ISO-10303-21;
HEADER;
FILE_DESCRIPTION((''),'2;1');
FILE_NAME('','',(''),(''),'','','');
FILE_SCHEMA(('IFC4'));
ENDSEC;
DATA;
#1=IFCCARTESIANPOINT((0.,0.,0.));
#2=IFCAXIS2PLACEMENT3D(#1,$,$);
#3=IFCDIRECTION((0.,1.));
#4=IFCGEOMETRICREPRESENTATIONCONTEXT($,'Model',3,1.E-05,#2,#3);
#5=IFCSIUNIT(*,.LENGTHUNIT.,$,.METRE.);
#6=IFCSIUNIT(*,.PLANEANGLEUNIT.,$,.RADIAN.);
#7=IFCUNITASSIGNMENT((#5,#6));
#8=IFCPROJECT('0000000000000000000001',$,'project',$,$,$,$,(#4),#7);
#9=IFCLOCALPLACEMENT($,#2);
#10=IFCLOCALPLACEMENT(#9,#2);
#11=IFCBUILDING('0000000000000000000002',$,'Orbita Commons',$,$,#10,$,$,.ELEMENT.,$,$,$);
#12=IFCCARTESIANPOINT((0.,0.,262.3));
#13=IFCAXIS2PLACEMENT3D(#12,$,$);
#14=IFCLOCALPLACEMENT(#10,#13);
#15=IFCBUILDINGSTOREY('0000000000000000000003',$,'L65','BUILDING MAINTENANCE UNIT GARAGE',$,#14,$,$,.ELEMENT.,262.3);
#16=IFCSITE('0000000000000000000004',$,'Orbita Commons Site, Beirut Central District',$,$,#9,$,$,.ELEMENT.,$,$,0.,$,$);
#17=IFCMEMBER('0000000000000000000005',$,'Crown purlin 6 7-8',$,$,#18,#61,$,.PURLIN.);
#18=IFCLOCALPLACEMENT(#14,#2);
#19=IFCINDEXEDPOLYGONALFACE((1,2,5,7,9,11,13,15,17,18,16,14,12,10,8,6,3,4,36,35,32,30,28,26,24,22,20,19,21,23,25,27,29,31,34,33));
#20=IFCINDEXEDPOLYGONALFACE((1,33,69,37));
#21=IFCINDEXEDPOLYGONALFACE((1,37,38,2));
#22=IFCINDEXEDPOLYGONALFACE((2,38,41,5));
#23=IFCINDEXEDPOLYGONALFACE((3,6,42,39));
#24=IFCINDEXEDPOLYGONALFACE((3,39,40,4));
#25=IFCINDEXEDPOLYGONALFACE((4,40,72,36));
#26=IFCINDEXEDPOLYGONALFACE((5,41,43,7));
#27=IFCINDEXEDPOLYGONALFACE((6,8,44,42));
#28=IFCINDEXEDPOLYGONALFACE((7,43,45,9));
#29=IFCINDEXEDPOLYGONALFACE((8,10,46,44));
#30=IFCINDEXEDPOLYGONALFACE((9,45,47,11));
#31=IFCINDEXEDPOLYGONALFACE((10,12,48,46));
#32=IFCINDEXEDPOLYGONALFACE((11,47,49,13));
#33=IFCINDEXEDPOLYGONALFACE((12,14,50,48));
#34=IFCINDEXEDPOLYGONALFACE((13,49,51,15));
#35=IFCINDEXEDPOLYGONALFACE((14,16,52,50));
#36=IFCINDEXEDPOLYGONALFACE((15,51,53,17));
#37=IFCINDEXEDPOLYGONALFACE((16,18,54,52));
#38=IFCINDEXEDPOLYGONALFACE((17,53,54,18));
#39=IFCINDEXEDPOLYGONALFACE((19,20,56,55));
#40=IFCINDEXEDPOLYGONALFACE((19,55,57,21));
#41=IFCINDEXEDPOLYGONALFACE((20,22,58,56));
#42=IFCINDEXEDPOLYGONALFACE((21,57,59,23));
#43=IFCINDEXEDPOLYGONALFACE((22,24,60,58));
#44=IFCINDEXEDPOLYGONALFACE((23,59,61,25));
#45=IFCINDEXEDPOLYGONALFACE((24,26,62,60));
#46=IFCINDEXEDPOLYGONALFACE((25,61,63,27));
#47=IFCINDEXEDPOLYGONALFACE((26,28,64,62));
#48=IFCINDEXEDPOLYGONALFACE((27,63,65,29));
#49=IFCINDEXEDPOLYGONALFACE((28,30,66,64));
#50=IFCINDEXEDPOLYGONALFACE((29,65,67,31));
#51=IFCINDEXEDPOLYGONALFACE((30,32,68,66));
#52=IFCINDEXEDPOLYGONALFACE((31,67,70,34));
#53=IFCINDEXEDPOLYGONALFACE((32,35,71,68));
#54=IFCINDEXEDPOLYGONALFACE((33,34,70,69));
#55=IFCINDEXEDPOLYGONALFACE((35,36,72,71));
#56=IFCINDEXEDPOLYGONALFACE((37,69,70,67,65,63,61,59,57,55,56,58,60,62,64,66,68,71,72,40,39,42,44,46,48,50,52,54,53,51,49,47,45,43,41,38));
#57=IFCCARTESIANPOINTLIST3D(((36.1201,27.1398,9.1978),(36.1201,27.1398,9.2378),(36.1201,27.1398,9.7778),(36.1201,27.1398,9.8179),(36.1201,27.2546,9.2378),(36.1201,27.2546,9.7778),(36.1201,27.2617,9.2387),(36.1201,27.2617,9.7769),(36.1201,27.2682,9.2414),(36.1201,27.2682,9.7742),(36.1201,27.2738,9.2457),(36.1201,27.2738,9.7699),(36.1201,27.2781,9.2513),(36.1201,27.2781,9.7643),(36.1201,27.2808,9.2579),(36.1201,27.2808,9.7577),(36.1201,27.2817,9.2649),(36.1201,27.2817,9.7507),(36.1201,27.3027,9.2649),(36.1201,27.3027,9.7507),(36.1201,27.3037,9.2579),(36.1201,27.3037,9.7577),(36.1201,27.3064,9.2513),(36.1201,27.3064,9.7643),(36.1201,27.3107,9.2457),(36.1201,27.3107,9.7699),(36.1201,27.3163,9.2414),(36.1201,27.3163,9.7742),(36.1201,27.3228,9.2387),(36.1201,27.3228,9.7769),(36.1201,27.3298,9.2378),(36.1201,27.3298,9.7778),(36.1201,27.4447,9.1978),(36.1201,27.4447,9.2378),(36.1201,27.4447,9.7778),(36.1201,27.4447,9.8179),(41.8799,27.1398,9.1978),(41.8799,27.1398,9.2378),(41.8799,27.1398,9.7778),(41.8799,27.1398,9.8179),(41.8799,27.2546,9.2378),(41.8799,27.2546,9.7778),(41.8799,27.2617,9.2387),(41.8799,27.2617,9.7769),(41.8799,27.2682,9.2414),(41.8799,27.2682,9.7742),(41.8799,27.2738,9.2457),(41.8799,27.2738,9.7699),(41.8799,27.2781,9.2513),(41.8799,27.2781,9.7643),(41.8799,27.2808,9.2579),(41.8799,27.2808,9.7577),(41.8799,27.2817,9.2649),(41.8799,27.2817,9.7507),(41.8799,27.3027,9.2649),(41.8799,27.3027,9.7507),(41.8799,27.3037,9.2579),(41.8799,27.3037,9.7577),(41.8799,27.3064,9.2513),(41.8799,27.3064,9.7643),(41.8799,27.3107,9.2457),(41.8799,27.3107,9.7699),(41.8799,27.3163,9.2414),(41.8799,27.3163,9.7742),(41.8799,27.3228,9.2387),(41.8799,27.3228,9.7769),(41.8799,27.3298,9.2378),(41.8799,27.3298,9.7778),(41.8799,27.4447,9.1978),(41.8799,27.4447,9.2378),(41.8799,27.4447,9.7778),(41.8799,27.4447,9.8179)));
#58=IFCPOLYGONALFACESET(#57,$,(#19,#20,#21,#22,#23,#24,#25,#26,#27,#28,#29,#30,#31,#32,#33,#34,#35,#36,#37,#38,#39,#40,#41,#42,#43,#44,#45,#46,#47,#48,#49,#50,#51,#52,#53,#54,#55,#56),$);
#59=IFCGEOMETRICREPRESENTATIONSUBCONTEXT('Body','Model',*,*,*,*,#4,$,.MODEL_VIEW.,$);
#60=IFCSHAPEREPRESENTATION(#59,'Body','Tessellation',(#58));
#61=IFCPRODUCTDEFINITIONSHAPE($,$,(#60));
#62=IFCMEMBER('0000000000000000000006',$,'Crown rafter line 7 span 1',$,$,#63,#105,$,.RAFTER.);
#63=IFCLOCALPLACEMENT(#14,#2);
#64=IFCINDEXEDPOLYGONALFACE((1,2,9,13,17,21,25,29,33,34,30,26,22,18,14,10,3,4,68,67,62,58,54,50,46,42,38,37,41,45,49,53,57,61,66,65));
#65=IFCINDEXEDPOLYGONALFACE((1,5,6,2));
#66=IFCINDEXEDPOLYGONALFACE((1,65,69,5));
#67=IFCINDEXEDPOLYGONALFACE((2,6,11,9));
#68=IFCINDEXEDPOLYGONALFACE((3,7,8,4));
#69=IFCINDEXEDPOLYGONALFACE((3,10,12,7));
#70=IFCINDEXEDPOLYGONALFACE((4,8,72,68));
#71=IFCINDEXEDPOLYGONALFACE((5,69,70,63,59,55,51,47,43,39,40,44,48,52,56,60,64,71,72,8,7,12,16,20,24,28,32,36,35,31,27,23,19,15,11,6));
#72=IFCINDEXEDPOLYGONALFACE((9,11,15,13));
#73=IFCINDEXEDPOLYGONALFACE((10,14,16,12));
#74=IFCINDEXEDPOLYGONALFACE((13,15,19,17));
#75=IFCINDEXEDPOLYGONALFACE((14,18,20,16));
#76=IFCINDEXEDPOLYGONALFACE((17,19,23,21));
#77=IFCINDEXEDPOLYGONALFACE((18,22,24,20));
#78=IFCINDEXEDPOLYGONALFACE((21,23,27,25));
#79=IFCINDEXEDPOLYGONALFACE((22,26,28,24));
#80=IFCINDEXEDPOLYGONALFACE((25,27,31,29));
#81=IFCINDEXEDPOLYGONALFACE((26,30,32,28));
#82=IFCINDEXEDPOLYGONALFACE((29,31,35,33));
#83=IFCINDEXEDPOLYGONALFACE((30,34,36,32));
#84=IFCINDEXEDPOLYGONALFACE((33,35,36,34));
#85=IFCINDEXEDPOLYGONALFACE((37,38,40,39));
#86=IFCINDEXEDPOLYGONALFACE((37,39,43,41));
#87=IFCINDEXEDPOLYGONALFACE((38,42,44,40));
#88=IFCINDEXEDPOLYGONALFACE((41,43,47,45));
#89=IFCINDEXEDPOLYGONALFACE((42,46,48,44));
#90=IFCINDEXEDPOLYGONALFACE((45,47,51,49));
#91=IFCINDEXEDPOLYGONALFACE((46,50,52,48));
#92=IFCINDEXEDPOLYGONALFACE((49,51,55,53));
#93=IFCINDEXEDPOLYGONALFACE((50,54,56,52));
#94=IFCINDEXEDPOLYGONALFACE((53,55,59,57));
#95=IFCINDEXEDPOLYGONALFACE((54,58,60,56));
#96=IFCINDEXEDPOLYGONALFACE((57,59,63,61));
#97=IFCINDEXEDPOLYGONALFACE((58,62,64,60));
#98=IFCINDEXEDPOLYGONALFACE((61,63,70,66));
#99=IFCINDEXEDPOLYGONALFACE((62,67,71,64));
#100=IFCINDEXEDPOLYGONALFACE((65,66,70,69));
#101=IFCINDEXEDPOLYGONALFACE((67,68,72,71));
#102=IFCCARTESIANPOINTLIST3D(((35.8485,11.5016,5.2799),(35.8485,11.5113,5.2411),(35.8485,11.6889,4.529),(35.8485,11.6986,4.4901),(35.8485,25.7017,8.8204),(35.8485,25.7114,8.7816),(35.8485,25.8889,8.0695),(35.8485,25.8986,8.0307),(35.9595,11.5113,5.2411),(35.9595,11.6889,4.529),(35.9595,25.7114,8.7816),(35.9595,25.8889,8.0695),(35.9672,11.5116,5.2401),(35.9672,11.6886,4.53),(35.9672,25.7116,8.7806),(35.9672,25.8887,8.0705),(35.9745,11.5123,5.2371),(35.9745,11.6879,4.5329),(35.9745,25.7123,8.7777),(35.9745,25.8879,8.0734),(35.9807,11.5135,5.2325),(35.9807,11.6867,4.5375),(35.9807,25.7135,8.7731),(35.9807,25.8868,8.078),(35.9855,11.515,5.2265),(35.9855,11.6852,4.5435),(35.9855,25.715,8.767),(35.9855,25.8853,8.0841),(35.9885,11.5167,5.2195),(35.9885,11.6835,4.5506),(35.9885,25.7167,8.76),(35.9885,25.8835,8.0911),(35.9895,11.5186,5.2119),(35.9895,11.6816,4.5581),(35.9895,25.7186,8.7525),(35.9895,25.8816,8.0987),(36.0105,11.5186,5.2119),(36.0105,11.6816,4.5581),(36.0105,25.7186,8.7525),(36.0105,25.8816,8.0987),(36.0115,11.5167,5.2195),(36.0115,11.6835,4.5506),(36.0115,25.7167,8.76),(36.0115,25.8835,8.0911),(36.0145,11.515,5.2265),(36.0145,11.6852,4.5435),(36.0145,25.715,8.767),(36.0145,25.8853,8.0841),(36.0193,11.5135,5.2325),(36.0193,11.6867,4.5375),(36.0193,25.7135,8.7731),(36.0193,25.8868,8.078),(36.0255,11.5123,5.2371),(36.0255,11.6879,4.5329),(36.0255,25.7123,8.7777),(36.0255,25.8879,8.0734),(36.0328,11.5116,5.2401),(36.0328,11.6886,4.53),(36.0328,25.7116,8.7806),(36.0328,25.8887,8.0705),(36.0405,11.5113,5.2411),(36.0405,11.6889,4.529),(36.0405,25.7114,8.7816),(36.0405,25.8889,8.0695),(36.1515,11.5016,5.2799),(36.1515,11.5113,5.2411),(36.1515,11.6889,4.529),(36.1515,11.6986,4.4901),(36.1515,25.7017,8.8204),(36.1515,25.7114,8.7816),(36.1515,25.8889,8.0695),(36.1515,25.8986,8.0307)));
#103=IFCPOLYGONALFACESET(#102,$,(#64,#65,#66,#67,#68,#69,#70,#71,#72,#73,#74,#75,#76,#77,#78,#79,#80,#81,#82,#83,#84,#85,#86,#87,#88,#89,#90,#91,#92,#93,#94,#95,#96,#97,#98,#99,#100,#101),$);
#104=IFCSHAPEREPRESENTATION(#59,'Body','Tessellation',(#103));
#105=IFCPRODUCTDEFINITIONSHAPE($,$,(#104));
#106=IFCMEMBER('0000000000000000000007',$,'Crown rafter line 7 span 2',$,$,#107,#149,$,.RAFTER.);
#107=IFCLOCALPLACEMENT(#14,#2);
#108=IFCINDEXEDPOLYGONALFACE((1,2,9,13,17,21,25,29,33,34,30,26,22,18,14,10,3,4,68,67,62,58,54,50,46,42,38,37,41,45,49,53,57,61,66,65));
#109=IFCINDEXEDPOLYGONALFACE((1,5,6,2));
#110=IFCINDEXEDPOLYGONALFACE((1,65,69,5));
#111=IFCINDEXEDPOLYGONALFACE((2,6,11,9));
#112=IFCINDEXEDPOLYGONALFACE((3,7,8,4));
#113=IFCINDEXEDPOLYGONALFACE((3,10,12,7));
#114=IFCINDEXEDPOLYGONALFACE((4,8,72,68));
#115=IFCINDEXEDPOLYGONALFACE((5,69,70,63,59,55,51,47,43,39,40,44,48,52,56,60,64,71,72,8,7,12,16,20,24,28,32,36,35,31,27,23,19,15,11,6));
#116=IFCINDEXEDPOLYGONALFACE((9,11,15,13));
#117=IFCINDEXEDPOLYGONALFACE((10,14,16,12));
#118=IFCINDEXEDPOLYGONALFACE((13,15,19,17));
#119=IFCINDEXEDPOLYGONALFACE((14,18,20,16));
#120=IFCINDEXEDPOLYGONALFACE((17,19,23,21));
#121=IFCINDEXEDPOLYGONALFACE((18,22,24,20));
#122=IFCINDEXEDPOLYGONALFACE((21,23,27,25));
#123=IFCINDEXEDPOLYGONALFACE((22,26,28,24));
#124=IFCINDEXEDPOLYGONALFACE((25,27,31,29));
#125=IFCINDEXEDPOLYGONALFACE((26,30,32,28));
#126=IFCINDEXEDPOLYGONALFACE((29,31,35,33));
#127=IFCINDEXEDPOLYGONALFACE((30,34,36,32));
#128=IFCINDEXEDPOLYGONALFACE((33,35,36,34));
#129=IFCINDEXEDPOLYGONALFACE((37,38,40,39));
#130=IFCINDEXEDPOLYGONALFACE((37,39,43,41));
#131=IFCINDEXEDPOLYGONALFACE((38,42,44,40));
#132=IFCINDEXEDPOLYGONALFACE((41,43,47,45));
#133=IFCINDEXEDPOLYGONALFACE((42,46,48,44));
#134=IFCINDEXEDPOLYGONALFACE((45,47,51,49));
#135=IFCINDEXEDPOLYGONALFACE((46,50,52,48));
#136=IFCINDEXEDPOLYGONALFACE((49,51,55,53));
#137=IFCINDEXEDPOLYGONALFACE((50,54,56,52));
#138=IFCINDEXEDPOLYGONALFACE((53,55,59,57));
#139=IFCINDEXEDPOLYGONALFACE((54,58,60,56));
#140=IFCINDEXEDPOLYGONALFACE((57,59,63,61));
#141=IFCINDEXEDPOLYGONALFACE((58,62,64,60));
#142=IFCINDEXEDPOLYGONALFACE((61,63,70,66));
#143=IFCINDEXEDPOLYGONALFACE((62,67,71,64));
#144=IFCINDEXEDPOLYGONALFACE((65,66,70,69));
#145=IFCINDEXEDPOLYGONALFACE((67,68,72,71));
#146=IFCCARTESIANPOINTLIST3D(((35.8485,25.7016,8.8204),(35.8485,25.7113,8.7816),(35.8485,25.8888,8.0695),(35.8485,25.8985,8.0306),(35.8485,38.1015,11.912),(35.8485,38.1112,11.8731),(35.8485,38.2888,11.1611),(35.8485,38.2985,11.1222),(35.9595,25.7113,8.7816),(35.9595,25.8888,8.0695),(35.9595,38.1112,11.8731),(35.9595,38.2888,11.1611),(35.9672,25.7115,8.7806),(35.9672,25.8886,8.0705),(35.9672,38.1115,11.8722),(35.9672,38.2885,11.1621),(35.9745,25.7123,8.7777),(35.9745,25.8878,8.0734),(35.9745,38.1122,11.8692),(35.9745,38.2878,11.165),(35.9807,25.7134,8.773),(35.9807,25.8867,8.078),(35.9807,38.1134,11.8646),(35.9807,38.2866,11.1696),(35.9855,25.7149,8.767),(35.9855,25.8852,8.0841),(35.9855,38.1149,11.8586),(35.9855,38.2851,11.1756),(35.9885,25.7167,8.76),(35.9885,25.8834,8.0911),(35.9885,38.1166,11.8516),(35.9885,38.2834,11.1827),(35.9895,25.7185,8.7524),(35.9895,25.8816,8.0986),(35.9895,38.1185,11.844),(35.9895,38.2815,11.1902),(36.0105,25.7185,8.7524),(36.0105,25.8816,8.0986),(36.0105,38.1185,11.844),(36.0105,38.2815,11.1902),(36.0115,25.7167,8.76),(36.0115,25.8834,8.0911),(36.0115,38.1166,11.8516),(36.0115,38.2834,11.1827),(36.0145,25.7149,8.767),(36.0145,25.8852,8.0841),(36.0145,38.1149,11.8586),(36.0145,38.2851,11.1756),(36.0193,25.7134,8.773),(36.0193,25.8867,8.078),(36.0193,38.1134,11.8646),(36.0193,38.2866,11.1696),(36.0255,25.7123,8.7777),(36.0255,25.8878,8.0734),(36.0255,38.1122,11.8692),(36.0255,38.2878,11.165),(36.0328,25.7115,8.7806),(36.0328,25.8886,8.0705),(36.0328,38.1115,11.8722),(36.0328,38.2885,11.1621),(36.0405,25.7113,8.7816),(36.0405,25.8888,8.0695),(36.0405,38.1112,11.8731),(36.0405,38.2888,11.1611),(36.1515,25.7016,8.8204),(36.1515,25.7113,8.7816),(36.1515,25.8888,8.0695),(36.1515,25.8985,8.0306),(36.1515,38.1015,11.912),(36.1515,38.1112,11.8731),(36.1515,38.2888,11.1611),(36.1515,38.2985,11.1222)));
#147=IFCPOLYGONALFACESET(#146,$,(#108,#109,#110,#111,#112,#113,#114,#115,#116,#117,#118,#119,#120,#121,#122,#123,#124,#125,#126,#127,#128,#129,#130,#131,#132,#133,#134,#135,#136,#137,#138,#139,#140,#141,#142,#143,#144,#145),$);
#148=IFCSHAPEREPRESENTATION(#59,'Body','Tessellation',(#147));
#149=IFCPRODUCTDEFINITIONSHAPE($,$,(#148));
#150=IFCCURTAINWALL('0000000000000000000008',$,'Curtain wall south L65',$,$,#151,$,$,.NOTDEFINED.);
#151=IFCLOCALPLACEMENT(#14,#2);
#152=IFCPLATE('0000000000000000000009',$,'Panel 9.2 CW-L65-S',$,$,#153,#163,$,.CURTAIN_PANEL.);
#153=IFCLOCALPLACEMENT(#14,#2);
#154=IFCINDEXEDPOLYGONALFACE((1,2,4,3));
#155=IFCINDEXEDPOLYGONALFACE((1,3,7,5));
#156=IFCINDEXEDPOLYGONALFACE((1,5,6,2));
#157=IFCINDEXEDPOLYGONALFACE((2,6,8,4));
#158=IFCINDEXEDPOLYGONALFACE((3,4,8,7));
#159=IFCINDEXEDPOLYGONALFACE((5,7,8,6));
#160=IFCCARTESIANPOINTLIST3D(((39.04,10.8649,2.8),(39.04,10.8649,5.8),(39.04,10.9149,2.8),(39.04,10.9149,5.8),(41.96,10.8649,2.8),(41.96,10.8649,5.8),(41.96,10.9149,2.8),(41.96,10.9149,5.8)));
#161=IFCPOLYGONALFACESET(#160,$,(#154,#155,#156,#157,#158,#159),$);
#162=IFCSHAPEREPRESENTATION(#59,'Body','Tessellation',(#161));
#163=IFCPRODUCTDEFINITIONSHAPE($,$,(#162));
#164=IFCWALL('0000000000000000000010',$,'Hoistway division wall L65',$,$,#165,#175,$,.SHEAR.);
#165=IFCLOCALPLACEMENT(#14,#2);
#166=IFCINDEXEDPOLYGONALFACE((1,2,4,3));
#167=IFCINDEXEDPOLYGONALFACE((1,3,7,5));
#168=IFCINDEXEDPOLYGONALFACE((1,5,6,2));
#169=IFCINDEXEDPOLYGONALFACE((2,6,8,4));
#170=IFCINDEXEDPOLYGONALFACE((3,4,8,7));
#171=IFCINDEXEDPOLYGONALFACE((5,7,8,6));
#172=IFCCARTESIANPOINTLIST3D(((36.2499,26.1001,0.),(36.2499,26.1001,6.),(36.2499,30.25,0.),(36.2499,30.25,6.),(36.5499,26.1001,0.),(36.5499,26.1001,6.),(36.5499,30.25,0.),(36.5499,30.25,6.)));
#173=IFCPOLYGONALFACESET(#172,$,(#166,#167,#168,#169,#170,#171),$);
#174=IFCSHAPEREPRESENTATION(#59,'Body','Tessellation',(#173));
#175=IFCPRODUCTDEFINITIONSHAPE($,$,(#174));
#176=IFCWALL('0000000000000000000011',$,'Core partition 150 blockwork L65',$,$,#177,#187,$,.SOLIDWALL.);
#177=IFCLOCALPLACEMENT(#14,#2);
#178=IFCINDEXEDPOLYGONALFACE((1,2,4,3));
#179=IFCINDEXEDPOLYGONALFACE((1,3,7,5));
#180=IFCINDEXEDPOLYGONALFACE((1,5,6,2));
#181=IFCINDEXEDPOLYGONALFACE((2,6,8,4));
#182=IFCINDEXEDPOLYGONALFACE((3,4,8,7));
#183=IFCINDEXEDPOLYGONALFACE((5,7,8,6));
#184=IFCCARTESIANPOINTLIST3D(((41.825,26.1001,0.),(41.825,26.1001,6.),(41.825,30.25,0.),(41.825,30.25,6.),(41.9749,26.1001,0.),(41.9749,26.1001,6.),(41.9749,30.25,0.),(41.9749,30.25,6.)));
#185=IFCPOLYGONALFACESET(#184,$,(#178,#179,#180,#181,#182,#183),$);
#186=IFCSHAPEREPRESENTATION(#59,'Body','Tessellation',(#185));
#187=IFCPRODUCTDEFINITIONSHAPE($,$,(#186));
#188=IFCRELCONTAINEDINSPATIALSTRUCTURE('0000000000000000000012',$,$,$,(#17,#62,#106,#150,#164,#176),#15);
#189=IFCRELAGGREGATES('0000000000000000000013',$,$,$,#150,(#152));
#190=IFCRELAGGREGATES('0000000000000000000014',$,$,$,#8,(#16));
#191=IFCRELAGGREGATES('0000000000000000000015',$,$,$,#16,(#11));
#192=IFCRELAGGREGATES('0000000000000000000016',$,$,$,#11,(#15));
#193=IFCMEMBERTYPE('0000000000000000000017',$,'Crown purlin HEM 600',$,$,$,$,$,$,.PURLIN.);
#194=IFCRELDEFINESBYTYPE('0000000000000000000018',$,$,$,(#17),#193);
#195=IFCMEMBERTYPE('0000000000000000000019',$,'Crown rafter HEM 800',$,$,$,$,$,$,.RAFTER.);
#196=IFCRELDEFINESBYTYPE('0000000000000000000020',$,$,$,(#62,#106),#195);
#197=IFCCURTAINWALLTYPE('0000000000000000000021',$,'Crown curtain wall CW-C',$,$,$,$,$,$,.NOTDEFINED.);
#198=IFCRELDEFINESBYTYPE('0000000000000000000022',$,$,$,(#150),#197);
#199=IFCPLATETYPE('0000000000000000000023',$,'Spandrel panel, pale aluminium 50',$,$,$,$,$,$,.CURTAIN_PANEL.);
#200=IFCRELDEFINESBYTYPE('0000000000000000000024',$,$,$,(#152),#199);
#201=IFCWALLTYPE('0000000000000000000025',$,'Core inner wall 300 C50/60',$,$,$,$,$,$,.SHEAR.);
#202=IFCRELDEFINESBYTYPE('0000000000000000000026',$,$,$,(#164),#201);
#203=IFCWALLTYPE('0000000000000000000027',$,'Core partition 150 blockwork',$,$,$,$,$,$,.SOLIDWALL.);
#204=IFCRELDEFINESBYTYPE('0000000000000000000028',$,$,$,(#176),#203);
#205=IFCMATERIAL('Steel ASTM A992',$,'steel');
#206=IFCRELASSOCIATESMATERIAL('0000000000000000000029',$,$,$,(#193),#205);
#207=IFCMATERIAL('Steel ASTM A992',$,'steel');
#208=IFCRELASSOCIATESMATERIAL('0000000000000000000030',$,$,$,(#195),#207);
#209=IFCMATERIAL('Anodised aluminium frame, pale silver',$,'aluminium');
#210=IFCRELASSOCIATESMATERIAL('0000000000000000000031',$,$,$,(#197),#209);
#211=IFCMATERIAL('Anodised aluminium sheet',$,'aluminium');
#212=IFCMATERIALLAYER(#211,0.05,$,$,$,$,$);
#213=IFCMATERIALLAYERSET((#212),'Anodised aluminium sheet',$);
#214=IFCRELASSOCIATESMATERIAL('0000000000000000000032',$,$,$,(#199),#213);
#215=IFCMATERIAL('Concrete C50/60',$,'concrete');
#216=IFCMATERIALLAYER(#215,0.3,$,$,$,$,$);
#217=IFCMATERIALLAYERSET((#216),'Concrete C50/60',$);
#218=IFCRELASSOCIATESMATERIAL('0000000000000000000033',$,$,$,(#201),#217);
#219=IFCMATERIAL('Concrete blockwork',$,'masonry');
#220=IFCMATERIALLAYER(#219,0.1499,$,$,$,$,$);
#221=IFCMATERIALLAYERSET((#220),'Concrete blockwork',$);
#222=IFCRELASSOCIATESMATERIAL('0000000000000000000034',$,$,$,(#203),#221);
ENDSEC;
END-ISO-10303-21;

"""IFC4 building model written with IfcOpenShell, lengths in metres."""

from ifc_helpers import new_model, si_unit, direction, frame, frame_2d, origin, origin_2d, place, context, subcontext, project, spatial, rectangle, i_section, extrude, material, layer, layer_set, material_profile, profile_set, type_object, element, aggregate, save


model = new_model("IFC4")

# Units and contexts
model_context = context("Model", 3, precision=1e-05, world=origin(), true_north=direction((0.0, 1.0)))
body_context = subcontext(model_context, "Body", "Model", "MODEL_VIEW")
ifc_project = project(units=[si_unit("LENGTHUNIT", "METRE"), si_unit("PLANEANGLEUNIT", "RADIAN")], contexts=[model_context])

# Site, building, storey
site_placement = place(None, origin())
site = spatial("IfcSite", under=ifc_project, at=site_placement, Name="Orbita Commons Site, Beirut Central District", CompositionType="ELEMENT", RefElevation=0.0)
building_placement = place(site_placement, origin())
building = spatial("IfcBuilding", under=site, at=building_placement, Name="Orbita Commons", CompositionType="ELEMENT")
storey_placement = place(building_placement, frame((0.0, 0.0, 262.3)))
storey = spatial("IfcBuildingStorey", under=building, at=storey_placement, Name="L65", Description="BUILDING MAINTENANCE UNIT GARAGE", CompositionType="ELEMENT", Elevation=262.3)

# Members
ifc_material_1 = material(Name="Steel ASTM A992", Category="steel")
ifc_material_profile_1 = material_profile(ifc_material_1, i_section(OverallWidth=0.3049, OverallDepth=0.6201, WebThickness=0.021, FlangeThickness=0.04, FilletRadius=0.0271, at=origin_2d()), Name="HEM 600")
ifc_profile_set_1 = profile_set([ifc_material_profile_1], Name="Steel ASTM A992")
member_type_1 = type_object("IfcMemberType", Name="Crown purlin HEM 600", PredefinedType="PURLIN", material=ifc_profile_set_1)
for number, where, z_axis, x_axis, name in (
    (1, (36.1201, 27.2922, 9.5078), (1.0, 0.0, 0.0), (0.0, 1.0, 0.0), "Crown purlin 6 7-8"),
):
    element("IfcMember", number, at=place(storey_placement, frame(where, z_axis=z_axis, x_axis=x_axis)), inside=storey, type_object=member_type_1, Name=name, PredefinedType="PURLIN", context=body_context, shape_type="SweptSolid", body=[
        extrude(i_section(OverallWidth=0.3049, OverallDepth=0.6201, WebThickness=0.021, FlangeThickness=0.04, FilletRadius=0.0271, at=origin_2d()), origin(), (0.0, 0.0, 1.0), 5.7598),
    ])
ifc_material_2 = material(Name="Steel ASTM A992", Category="steel")
ifc_material_profile_2 = material_profile(ifc_material_2, i_section(OverallWidth=0.303, OverallDepth=0.814, WebThickness=0.021, FlangeThickness=0.04, FilletRadius=0.03, at=origin_2d()), Name="HEM 800")
ifc_profile_set_2 = profile_set([ifc_material_profile_2], Name="Steel ASTM A992")
member_type_2 = type_object("IfcMemberType", Name="Crown rafter HEM 800", PredefinedType="RAFTER", material=ifc_profile_set_2)
member_1_placement = place(storey_placement, frame((36.0, 11.6001, 4.885), z_axis=(0.0, 0.970294, 0.241927), x_axis=(-1.0, 0.0, 0.0)))
element("IfcMember", 2, at=member_1_placement, inside=storey, type_object=member_type_2, Name="Crown rafter line 7 span 1", PredefinedType="RAFTER", context=body_context, shape_type="SweptSolid", body=[
    extrude(i_section(OverallWidth=0.303, OverallDepth=0.814, WebThickness=0.021, FlangeThickness=0.04, FilletRadius=0.03, at=origin_2d()), origin(), (0.0, 0.0, 1.0), 14.6348),
])
member_2_placement = place(storey_placement, frame((36.0, 25.8, 8.4255), z_axis=(0.0, 0.970297, 0.241915), x_axis=(-1.0, 0.0, 0.0)))
element("IfcMember", 3, at=member_2_placement, inside=storey, type_object=member_type_2, Name="Crown rafter line 7 span 2", PredefinedType="RAFTER", context=body_context, shape_type="SweptSolid", body=[
    extrude(i_section(OverallWidth=0.303, OverallDepth=0.814, WebThickness=0.021, FlangeThickness=0.04, FilletRadius=0.03, at=origin_2d()), origin(), (0.0, 0.0, 1.0), 12.7795),
])

# Curtain wall, plate
ifc_material_3 = material(Name="Anodised aluminium frame, pale silver", Category="aluminium")
curtain_wall_type = type_object("IfcCurtainWallType", Name="Crown curtain wall CW-C", PredefinedType="NOTDEFINED", material=ifc_material_3)
curtain_wall_placement = place(storey_placement, origin())
curtain_wall = element("IfcCurtainWall", 4, at=curtain_wall_placement, inside=storey, type_object=curtain_wall_type, Name="Curtain wall south L65", PredefinedType="NOTDEFINED")
ifc_material_4 = material(Name="Anodised aluminium sheet", Category="aluminium")
ifc_layer_1 = layer(ifc_material_4, 0.05)
ifc_layer_set_1 = layer_set([ifc_layer_1], Name="Anodised aluminium sheet")
plate_type = type_object("IfcPlateType", Name="Spandrel panel, pale aluminium 50", PredefinedType="CURTAIN_PANEL", material=ifc_layer_set_1)
plate_placement = place(storey_placement, frame((40.5, 10.8899, 2.8), z_axis=(0.0, 0.0, 1.0), x_axis=(1.0, 0.0, 0.0)))
plate = element("IfcPlate", 5, at=plate_placement, type_object=plate_type, Name="Panel 9.2 CW-L65-S", PredefinedType="CURTAIN_PANEL", context=body_context, shape_type="SweptSolid", body=[
    extrude(rectangle(XDim=2.9199, YDim=0.05, at=origin_2d()), origin(), (0.0, 0.0, 1.0), 3.0),
])
aggregate(curtain_wall, [plate])

# Walls
ifc_material_5 = material(Name="Concrete C50/60", Category="concrete")
ifc_layer_2 = layer(ifc_material_5, 0.3)
ifc_layer_set_2 = layer_set([ifc_layer_2], Name="Concrete C50/60")
wall_type_1 = type_object("IfcWallType", Name="Core inner wall 300 C50/60", PredefinedType="SHEAR", material=ifc_layer_set_2)
wall_1_placement = place(storey_placement, frame((36.3999, 26.1001, 0.0), z_axis=(0.0, 0.0, 1.0), x_axis=(0.0, 1.0, 0.0)))
element("IfcWall", 6, at=wall_1_placement, inside=storey, type_object=wall_type_1, Name="Hoistway division wall L65", PredefinedType="SHEAR", context=body_context, shape_type="SweptSolid", body=[
    extrude(rectangle(XDim=4.1499, YDim=0.3, at=frame_2d((2.075, 0.0))), origin(), (0.0, 0.0, 1.0), 6.0),
])
ifc_material_6 = material(Name="Concrete blockwork", Category="masonry")
ifc_layer_3 = layer(ifc_material_6, 0.1499)
ifc_layer_set_3 = layer_set([ifc_layer_3], Name="Concrete blockwork")
wall_type_2 = type_object("IfcWallType", Name="Core partition 150 blockwork", PredefinedType="SOLIDWALL", material=ifc_layer_set_3)
wall_2_placement = place(storey_placement, frame((41.8999, 26.1001, 0.0), z_axis=(0.0, 0.0, 1.0), x_axis=(0.0, 1.0, 0.0)))
element("IfcWall", 7, at=wall_2_placement, inside=storey, type_object=wall_type_2, Name="Core partition 150 blockwork L65", PredefinedType="SOLIDWALL", context=body_context, shape_type="SweptSolid", body=[
    extrude(rectangle(XDim=4.1499, YDim=0.1499, at=frame_2d((2.075, 0.0))), origin(), (0.0, 0.0, 1.0), 6.0),
])

save(model, "model.ifc")
